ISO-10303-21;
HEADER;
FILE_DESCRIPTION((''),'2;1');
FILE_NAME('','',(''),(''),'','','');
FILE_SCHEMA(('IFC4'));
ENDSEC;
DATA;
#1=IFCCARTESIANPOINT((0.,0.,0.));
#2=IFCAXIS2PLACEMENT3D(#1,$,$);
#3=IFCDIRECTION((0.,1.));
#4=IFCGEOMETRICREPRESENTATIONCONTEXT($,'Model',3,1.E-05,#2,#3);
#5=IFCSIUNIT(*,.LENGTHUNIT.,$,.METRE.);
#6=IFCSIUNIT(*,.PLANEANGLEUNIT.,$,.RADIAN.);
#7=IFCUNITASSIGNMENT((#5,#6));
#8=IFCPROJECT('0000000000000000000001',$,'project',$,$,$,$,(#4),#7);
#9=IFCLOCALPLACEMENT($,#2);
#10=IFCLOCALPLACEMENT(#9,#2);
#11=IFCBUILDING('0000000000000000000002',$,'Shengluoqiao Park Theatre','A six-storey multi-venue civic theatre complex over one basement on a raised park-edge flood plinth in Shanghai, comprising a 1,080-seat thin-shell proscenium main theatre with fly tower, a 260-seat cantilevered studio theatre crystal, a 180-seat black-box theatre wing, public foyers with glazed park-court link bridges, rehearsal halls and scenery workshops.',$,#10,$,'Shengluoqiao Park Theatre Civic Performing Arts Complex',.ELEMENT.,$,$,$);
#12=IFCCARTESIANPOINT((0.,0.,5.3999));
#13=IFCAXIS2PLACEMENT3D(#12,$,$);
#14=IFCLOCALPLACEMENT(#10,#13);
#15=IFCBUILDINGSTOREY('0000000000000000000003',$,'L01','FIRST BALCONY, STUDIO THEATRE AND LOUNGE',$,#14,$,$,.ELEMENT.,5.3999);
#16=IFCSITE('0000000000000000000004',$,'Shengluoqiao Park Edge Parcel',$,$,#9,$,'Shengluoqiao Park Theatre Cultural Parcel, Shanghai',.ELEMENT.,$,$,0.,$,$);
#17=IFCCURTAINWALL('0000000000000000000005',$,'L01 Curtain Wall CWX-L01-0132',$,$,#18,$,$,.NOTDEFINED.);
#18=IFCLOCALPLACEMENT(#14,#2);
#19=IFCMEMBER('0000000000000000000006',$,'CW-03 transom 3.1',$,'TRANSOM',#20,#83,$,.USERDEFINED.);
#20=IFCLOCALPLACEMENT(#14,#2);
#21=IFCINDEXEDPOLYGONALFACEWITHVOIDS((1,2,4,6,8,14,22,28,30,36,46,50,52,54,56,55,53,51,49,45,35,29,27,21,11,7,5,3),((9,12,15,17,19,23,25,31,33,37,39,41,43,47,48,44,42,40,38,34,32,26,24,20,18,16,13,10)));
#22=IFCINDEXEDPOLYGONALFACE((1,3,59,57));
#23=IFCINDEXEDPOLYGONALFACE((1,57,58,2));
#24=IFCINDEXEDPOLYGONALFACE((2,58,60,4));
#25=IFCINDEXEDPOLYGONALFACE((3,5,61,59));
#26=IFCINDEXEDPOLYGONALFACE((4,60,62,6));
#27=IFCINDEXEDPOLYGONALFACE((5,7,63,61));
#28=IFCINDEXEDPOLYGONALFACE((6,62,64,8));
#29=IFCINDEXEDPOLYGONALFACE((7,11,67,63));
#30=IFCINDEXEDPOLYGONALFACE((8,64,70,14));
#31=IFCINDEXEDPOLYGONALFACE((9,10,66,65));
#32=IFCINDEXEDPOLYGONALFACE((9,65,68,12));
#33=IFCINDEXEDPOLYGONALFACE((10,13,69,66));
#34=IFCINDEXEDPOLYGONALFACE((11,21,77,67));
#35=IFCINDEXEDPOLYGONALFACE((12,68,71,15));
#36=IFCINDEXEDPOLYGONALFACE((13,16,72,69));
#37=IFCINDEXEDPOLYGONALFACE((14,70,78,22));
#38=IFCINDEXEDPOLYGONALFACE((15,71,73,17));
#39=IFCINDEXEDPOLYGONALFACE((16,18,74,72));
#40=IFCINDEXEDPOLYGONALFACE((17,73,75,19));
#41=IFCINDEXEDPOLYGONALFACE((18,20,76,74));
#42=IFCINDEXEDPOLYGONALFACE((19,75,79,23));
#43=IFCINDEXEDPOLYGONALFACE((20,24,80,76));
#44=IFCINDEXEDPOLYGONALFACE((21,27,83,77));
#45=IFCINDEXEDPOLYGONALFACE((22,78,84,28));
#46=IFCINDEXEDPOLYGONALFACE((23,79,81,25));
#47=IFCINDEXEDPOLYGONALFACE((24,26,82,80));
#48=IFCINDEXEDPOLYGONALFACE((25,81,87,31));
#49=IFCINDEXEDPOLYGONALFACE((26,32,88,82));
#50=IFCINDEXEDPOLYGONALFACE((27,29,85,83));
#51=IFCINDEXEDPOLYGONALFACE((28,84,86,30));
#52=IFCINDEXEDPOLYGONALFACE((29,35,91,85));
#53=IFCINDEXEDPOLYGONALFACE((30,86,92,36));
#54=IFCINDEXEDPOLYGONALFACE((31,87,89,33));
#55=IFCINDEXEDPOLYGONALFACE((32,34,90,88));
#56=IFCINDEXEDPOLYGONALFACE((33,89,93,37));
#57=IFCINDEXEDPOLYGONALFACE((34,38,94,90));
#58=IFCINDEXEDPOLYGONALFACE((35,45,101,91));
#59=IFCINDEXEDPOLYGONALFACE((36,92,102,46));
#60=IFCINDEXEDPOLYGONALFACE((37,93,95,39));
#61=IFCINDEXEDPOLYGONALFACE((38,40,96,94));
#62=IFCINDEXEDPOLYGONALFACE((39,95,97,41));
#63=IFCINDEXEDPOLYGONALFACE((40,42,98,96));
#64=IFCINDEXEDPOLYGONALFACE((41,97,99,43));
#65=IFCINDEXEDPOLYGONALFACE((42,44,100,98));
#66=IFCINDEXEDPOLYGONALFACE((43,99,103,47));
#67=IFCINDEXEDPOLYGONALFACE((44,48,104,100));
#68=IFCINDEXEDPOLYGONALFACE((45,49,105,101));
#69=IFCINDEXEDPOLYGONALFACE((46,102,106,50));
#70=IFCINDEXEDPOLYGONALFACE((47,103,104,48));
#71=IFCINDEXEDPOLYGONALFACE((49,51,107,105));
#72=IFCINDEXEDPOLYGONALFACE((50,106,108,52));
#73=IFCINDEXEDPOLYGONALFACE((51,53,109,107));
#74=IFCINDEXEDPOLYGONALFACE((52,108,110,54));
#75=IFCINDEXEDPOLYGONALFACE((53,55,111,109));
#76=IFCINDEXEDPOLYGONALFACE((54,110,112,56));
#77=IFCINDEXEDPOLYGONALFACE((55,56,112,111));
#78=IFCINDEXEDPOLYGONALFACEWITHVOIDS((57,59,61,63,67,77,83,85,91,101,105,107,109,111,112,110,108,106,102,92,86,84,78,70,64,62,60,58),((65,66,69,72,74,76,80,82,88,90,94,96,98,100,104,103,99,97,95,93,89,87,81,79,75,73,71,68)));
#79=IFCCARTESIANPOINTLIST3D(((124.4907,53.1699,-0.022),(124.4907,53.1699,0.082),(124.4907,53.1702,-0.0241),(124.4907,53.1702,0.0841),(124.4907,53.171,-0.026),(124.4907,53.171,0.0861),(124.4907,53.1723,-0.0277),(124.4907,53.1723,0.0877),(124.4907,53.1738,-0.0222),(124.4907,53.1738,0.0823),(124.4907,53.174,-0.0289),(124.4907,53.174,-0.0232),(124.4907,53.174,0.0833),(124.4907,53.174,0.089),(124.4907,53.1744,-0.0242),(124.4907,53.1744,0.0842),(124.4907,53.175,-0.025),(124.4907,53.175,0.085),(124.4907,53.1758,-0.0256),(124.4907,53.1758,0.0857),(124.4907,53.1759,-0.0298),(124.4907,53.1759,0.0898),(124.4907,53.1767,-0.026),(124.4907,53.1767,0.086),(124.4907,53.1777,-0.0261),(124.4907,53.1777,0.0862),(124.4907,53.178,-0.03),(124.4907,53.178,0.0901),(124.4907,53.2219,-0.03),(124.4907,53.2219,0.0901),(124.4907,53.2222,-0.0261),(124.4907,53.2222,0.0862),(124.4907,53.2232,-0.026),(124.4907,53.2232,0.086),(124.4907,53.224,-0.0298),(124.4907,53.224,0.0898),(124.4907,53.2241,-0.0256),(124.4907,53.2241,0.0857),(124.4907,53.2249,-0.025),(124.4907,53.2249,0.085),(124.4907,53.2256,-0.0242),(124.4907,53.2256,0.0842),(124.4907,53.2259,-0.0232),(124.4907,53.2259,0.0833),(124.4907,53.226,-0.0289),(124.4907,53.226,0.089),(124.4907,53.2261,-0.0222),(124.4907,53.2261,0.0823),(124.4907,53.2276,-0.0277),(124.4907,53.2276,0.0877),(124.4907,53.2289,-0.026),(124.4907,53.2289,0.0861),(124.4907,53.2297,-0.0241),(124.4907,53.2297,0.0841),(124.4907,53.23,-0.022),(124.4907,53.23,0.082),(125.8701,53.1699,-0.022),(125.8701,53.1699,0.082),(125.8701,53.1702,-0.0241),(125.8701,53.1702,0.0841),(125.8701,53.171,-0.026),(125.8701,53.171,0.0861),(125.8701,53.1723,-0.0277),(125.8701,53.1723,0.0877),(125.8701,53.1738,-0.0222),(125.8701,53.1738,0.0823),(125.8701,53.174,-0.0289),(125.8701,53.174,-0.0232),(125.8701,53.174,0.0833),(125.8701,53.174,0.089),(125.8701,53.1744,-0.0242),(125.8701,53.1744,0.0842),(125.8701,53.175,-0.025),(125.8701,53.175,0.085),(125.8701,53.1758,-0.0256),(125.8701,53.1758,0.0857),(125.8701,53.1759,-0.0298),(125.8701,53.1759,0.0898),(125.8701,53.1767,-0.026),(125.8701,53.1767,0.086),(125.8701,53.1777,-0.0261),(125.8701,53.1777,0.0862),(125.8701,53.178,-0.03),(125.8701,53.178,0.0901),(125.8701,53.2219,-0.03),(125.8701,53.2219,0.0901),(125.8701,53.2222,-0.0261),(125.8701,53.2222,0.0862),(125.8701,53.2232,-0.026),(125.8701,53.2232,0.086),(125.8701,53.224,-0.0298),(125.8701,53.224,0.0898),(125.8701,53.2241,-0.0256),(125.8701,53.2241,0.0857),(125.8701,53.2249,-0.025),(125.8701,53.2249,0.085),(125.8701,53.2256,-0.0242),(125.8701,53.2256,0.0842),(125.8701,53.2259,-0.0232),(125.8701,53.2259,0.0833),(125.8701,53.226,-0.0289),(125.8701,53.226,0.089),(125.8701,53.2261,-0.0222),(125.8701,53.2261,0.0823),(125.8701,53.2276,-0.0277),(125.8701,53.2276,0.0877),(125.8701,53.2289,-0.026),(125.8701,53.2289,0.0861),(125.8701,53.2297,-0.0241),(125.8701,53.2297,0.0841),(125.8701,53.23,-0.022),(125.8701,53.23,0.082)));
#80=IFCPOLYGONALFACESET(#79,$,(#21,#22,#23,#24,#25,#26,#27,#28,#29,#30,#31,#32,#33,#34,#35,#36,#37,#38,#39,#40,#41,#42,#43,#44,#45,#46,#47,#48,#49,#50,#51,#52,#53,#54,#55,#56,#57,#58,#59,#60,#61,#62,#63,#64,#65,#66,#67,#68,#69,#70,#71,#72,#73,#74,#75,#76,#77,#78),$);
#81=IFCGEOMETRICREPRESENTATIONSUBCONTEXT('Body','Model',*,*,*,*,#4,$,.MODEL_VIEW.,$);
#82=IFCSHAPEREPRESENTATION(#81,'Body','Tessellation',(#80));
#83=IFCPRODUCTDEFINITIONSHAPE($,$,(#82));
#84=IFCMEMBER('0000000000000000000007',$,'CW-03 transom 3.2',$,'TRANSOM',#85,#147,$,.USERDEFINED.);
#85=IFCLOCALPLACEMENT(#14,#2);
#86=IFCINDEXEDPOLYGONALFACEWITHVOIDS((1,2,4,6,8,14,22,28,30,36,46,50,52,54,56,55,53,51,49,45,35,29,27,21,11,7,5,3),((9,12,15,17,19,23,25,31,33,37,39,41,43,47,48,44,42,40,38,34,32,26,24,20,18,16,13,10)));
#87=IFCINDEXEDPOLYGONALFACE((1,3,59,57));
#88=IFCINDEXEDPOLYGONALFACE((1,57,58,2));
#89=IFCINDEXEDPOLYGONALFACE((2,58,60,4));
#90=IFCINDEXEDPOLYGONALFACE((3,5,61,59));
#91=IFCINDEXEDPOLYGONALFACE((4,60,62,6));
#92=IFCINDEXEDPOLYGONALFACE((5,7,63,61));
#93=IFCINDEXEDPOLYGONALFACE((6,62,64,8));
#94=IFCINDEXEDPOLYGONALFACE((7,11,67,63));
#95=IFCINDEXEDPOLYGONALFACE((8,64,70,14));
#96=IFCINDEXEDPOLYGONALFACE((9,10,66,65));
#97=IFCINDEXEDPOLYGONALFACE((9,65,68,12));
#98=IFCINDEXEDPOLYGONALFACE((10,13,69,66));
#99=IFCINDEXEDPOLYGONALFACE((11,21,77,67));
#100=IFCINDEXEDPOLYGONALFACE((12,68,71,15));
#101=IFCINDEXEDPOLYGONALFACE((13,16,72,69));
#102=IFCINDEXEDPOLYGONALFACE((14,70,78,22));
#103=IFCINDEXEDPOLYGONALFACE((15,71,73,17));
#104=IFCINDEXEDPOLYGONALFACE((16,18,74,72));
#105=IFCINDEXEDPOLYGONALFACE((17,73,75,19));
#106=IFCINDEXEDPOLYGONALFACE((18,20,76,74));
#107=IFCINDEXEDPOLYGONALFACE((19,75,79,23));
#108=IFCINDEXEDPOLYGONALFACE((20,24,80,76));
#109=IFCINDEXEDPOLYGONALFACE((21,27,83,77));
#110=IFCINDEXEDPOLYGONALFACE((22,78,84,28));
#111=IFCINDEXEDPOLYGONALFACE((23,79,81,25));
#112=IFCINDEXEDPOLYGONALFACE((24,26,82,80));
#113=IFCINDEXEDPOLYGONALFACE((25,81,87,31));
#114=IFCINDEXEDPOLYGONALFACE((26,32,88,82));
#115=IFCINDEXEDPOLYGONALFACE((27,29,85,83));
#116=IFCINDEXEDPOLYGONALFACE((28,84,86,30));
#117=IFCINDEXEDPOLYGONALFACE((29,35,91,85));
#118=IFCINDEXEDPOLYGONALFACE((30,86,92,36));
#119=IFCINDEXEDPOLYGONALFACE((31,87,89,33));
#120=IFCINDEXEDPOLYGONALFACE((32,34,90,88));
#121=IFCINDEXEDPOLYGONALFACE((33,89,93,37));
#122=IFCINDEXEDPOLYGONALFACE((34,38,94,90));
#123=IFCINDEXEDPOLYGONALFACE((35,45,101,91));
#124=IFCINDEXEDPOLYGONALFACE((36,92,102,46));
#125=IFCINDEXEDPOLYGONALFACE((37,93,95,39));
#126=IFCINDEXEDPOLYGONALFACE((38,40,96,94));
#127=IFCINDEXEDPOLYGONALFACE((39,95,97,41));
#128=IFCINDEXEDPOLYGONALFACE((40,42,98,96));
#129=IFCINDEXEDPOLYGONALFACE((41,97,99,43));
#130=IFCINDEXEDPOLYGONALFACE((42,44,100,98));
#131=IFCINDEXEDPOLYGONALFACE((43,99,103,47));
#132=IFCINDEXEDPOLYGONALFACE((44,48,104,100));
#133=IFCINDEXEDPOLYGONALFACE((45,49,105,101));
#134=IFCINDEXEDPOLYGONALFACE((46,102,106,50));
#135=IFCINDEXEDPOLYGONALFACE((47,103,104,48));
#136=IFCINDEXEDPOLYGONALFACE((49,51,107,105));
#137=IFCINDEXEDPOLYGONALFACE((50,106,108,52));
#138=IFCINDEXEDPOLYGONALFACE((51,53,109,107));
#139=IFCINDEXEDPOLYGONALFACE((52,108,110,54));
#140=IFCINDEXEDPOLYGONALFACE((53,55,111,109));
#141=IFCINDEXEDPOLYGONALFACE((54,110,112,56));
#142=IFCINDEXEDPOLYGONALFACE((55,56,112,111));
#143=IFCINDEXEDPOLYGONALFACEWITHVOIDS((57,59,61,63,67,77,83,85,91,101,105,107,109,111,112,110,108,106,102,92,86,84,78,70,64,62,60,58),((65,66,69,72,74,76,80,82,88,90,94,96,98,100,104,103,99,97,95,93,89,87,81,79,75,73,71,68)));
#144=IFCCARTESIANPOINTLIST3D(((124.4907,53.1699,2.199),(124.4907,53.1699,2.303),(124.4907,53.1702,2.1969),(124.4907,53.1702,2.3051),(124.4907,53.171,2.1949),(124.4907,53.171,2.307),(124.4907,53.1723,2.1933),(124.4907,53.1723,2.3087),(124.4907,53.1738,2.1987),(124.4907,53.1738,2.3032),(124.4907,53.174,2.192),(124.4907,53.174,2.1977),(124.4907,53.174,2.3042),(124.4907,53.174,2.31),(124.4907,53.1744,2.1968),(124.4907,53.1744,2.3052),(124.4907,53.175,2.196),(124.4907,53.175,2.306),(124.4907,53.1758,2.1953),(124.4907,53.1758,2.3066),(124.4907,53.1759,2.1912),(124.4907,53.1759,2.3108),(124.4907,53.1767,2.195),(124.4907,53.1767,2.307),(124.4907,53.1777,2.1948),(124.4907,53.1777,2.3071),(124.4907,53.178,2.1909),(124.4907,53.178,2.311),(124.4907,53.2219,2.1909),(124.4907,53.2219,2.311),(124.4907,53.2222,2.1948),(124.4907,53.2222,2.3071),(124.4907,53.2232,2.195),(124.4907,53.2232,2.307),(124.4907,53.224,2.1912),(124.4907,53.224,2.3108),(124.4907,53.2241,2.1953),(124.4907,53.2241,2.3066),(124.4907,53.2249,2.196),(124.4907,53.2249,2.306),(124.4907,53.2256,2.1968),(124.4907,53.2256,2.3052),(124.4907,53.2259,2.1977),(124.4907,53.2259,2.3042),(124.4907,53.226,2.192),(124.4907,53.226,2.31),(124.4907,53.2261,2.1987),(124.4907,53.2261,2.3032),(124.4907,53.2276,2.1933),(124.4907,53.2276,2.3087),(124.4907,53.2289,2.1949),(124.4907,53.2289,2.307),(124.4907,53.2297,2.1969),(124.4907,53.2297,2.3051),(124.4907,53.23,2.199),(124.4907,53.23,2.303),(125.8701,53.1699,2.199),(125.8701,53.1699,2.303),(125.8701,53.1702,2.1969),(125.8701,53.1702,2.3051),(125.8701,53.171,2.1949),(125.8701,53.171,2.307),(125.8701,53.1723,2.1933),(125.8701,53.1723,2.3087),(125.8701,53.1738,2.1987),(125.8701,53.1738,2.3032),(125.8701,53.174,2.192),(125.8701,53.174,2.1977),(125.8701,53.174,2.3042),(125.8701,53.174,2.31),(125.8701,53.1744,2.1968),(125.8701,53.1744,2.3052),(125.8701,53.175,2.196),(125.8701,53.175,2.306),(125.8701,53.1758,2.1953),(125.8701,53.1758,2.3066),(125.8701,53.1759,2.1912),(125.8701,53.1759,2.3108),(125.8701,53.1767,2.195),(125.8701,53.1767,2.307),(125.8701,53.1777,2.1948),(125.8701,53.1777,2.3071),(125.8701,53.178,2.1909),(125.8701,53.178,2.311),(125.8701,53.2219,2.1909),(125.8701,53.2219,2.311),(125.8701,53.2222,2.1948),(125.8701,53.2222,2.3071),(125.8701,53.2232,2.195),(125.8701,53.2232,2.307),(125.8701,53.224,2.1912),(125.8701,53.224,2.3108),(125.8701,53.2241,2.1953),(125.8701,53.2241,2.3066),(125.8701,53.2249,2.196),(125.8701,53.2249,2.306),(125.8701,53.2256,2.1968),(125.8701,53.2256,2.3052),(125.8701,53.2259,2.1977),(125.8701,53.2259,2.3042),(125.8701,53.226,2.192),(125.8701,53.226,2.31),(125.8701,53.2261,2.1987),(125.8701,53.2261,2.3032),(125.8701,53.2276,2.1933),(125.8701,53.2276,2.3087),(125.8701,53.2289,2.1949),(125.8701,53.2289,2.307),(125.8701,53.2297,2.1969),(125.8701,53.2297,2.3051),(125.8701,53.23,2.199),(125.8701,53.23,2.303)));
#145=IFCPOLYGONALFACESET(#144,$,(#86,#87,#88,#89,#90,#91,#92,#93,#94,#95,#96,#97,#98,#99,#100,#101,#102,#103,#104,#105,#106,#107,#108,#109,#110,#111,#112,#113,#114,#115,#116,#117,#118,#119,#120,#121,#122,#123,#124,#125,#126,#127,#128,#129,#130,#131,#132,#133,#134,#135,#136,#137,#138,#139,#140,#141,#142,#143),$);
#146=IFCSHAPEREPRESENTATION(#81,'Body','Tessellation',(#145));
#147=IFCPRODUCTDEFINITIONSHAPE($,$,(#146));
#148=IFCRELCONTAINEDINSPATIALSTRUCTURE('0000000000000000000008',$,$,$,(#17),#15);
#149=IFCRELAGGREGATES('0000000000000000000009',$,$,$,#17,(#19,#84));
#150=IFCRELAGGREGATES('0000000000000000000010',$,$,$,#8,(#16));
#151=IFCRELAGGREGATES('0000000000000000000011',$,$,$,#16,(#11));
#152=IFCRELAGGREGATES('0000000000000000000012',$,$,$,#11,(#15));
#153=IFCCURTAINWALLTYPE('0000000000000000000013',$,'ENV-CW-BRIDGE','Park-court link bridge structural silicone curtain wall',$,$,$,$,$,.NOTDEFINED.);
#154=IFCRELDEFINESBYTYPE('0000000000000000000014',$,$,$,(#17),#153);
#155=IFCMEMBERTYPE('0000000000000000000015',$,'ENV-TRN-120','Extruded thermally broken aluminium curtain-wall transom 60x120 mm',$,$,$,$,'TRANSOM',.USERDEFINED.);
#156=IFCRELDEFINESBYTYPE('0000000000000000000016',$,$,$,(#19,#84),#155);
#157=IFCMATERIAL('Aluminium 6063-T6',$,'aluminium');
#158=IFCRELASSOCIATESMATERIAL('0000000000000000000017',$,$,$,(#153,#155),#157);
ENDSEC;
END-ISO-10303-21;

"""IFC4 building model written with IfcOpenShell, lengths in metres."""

from ifc_helpers import new_model, si_unit, direction, frame, origin, origin_2d, place, context, subcontext, project, spatial, hollow_rectangle, extrude, material, material_profile, profile_set, type_object, element, aggregate, save


model = new_model("IFC4")

# Units and contexts
model_context = context("Model", 3, precision=1e-05, world=origin(), true_north=direction((0.0, 1.0)))
body_context = subcontext(model_context, "Body", "Model", "MODEL_VIEW")
ifc_project = project(units=[si_unit("LENGTHUNIT", "METRE"), si_unit("PLANEANGLEUNIT", "RADIAN")], contexts=[model_context])

# Site, building, storey
site_placement = place(None, origin())
site = spatial("IfcSite", under=ifc_project, at=site_placement, Name="Shengluoqiao Park Edge Parcel", LongName="Shengluoqiao Park Theatre Cultural Parcel, Shanghai", CompositionType="ELEMENT", RefElevation=0.0)
building_placement = place(site_placement, origin())
building = spatial("IfcBuilding", under=site, at=building_placement, Name="Shengluoqiao Park Theatre", Description="A six-storey multi-venue civic theatre complex over one basement on a raised park-edge flood plinth in Shanghai, comprising a 1,080-seat thin-shell proscenium main theatre with fly tower, a 260-seat cantilevered studio theatre crystal, a 180-seat black-box theatre wing, public foyers with glazed park-court link bridges, rehearsal halls and scenery workshops.", LongName="Shengluoqiao Park Theatre Civic Performing Arts Complex", CompositionType="ELEMENT")
storey_placement = place(building_placement, frame((0.0, 0.0, 5.3999)))
storey = spatial("IfcBuildingStorey", under=building, at=storey_placement, Name="L01", Description="FIRST BALCONY, STUDIO THEATRE AND LOUNGE", CompositionType="ELEMENT", Elevation=5.3999)

# Curtain wall, members
ifc_material_1 = material(Name="Aluminium 6063-T6", Category="aluminium")
curtain_wall_type = type_object("IfcCurtainWallType", Name="ENV-CW-BRIDGE", Description="Park-court link bridge structural silicone curtain wall", PredefinedType="NOTDEFINED", material=ifc_material_1)
curtain_wall_placement = place(storey_placement, origin())
curtain_wall = element("IfcCurtainWall", 1, at=curtain_wall_placement, inside=storey, type_object=curtain_wall_type, Name="L01 Curtain Wall CWX-L01-0132", PredefinedType="NOTDEFINED")
ifc_material_profile_1 = material_profile(ifc_material_1, hollow_rectangle(XDim=0.0601, YDim=0.1201, WallThickness=0.0039, InnerFilletRadius=0.0039, OuterFilletRadius=0.0081, at=origin_2d()), Name="ALU TRANSOM 120x60x4")
ifc_profile_set_1 = profile_set([ifc_material_profile_1], Name="Aluminium 6063-T6")
member_type_1 = type_object("IfcMemberType", Name="ENV-TRN-120", Description="Extruded thermally broken aluminium curtain-wall transom 60x120 mm", ElementType="TRANSOM", PredefinedType="USERDEFINED", material=ifc_profile_set_1)
member_1_placement = place(storey_placement, frame((124.4907, 53.2, 0.03), z_axis=(1.0, 0.0, 0.0), x_axis=(0.0, 1.0, 0.0)))
member_1 = element("IfcMember", 2, at=member_1_placement, type_object=member_type_1, Name="CW-03 transom 3.1", ObjectType="TRANSOM", PredefinedType="USERDEFINED", context=body_context, shape_type="SweptSolid", body=[
    extrude(hollow_rectangle(XDim=0.0601, YDim=0.1201, WallThickness=0.0039, InnerFilletRadius=0.0039, OuterFilletRadius=0.0081, at=origin_2d()), origin(), (0.0, 0.0, 1.0), 1.3794),
])
member_2_placement = place(storey_placement, frame((124.4907, 53.2, 2.251), z_axis=(1.0, 0.0, 0.0), x_axis=(0.0, 1.0, 0.0)))
member_2 = element("IfcMember", 3, at=member_2_placement, type_object=member_type_1, Name="CW-03 transom 3.2", ObjectType="TRANSOM", PredefinedType="USERDEFINED", context=body_context, shape_type="SweptSolid", body=[
    extrude(hollow_rectangle(XDim=0.0601, YDim=0.1201, WallThickness=0.0039, InnerFilletRadius=0.0039, OuterFilletRadius=0.0081, at=origin_2d()), origin(), (0.0, 0.0, 1.0), 1.3794),
])

aggregate(curtain_wall, [member_1, member_2])

save(model, "model.ifc")
